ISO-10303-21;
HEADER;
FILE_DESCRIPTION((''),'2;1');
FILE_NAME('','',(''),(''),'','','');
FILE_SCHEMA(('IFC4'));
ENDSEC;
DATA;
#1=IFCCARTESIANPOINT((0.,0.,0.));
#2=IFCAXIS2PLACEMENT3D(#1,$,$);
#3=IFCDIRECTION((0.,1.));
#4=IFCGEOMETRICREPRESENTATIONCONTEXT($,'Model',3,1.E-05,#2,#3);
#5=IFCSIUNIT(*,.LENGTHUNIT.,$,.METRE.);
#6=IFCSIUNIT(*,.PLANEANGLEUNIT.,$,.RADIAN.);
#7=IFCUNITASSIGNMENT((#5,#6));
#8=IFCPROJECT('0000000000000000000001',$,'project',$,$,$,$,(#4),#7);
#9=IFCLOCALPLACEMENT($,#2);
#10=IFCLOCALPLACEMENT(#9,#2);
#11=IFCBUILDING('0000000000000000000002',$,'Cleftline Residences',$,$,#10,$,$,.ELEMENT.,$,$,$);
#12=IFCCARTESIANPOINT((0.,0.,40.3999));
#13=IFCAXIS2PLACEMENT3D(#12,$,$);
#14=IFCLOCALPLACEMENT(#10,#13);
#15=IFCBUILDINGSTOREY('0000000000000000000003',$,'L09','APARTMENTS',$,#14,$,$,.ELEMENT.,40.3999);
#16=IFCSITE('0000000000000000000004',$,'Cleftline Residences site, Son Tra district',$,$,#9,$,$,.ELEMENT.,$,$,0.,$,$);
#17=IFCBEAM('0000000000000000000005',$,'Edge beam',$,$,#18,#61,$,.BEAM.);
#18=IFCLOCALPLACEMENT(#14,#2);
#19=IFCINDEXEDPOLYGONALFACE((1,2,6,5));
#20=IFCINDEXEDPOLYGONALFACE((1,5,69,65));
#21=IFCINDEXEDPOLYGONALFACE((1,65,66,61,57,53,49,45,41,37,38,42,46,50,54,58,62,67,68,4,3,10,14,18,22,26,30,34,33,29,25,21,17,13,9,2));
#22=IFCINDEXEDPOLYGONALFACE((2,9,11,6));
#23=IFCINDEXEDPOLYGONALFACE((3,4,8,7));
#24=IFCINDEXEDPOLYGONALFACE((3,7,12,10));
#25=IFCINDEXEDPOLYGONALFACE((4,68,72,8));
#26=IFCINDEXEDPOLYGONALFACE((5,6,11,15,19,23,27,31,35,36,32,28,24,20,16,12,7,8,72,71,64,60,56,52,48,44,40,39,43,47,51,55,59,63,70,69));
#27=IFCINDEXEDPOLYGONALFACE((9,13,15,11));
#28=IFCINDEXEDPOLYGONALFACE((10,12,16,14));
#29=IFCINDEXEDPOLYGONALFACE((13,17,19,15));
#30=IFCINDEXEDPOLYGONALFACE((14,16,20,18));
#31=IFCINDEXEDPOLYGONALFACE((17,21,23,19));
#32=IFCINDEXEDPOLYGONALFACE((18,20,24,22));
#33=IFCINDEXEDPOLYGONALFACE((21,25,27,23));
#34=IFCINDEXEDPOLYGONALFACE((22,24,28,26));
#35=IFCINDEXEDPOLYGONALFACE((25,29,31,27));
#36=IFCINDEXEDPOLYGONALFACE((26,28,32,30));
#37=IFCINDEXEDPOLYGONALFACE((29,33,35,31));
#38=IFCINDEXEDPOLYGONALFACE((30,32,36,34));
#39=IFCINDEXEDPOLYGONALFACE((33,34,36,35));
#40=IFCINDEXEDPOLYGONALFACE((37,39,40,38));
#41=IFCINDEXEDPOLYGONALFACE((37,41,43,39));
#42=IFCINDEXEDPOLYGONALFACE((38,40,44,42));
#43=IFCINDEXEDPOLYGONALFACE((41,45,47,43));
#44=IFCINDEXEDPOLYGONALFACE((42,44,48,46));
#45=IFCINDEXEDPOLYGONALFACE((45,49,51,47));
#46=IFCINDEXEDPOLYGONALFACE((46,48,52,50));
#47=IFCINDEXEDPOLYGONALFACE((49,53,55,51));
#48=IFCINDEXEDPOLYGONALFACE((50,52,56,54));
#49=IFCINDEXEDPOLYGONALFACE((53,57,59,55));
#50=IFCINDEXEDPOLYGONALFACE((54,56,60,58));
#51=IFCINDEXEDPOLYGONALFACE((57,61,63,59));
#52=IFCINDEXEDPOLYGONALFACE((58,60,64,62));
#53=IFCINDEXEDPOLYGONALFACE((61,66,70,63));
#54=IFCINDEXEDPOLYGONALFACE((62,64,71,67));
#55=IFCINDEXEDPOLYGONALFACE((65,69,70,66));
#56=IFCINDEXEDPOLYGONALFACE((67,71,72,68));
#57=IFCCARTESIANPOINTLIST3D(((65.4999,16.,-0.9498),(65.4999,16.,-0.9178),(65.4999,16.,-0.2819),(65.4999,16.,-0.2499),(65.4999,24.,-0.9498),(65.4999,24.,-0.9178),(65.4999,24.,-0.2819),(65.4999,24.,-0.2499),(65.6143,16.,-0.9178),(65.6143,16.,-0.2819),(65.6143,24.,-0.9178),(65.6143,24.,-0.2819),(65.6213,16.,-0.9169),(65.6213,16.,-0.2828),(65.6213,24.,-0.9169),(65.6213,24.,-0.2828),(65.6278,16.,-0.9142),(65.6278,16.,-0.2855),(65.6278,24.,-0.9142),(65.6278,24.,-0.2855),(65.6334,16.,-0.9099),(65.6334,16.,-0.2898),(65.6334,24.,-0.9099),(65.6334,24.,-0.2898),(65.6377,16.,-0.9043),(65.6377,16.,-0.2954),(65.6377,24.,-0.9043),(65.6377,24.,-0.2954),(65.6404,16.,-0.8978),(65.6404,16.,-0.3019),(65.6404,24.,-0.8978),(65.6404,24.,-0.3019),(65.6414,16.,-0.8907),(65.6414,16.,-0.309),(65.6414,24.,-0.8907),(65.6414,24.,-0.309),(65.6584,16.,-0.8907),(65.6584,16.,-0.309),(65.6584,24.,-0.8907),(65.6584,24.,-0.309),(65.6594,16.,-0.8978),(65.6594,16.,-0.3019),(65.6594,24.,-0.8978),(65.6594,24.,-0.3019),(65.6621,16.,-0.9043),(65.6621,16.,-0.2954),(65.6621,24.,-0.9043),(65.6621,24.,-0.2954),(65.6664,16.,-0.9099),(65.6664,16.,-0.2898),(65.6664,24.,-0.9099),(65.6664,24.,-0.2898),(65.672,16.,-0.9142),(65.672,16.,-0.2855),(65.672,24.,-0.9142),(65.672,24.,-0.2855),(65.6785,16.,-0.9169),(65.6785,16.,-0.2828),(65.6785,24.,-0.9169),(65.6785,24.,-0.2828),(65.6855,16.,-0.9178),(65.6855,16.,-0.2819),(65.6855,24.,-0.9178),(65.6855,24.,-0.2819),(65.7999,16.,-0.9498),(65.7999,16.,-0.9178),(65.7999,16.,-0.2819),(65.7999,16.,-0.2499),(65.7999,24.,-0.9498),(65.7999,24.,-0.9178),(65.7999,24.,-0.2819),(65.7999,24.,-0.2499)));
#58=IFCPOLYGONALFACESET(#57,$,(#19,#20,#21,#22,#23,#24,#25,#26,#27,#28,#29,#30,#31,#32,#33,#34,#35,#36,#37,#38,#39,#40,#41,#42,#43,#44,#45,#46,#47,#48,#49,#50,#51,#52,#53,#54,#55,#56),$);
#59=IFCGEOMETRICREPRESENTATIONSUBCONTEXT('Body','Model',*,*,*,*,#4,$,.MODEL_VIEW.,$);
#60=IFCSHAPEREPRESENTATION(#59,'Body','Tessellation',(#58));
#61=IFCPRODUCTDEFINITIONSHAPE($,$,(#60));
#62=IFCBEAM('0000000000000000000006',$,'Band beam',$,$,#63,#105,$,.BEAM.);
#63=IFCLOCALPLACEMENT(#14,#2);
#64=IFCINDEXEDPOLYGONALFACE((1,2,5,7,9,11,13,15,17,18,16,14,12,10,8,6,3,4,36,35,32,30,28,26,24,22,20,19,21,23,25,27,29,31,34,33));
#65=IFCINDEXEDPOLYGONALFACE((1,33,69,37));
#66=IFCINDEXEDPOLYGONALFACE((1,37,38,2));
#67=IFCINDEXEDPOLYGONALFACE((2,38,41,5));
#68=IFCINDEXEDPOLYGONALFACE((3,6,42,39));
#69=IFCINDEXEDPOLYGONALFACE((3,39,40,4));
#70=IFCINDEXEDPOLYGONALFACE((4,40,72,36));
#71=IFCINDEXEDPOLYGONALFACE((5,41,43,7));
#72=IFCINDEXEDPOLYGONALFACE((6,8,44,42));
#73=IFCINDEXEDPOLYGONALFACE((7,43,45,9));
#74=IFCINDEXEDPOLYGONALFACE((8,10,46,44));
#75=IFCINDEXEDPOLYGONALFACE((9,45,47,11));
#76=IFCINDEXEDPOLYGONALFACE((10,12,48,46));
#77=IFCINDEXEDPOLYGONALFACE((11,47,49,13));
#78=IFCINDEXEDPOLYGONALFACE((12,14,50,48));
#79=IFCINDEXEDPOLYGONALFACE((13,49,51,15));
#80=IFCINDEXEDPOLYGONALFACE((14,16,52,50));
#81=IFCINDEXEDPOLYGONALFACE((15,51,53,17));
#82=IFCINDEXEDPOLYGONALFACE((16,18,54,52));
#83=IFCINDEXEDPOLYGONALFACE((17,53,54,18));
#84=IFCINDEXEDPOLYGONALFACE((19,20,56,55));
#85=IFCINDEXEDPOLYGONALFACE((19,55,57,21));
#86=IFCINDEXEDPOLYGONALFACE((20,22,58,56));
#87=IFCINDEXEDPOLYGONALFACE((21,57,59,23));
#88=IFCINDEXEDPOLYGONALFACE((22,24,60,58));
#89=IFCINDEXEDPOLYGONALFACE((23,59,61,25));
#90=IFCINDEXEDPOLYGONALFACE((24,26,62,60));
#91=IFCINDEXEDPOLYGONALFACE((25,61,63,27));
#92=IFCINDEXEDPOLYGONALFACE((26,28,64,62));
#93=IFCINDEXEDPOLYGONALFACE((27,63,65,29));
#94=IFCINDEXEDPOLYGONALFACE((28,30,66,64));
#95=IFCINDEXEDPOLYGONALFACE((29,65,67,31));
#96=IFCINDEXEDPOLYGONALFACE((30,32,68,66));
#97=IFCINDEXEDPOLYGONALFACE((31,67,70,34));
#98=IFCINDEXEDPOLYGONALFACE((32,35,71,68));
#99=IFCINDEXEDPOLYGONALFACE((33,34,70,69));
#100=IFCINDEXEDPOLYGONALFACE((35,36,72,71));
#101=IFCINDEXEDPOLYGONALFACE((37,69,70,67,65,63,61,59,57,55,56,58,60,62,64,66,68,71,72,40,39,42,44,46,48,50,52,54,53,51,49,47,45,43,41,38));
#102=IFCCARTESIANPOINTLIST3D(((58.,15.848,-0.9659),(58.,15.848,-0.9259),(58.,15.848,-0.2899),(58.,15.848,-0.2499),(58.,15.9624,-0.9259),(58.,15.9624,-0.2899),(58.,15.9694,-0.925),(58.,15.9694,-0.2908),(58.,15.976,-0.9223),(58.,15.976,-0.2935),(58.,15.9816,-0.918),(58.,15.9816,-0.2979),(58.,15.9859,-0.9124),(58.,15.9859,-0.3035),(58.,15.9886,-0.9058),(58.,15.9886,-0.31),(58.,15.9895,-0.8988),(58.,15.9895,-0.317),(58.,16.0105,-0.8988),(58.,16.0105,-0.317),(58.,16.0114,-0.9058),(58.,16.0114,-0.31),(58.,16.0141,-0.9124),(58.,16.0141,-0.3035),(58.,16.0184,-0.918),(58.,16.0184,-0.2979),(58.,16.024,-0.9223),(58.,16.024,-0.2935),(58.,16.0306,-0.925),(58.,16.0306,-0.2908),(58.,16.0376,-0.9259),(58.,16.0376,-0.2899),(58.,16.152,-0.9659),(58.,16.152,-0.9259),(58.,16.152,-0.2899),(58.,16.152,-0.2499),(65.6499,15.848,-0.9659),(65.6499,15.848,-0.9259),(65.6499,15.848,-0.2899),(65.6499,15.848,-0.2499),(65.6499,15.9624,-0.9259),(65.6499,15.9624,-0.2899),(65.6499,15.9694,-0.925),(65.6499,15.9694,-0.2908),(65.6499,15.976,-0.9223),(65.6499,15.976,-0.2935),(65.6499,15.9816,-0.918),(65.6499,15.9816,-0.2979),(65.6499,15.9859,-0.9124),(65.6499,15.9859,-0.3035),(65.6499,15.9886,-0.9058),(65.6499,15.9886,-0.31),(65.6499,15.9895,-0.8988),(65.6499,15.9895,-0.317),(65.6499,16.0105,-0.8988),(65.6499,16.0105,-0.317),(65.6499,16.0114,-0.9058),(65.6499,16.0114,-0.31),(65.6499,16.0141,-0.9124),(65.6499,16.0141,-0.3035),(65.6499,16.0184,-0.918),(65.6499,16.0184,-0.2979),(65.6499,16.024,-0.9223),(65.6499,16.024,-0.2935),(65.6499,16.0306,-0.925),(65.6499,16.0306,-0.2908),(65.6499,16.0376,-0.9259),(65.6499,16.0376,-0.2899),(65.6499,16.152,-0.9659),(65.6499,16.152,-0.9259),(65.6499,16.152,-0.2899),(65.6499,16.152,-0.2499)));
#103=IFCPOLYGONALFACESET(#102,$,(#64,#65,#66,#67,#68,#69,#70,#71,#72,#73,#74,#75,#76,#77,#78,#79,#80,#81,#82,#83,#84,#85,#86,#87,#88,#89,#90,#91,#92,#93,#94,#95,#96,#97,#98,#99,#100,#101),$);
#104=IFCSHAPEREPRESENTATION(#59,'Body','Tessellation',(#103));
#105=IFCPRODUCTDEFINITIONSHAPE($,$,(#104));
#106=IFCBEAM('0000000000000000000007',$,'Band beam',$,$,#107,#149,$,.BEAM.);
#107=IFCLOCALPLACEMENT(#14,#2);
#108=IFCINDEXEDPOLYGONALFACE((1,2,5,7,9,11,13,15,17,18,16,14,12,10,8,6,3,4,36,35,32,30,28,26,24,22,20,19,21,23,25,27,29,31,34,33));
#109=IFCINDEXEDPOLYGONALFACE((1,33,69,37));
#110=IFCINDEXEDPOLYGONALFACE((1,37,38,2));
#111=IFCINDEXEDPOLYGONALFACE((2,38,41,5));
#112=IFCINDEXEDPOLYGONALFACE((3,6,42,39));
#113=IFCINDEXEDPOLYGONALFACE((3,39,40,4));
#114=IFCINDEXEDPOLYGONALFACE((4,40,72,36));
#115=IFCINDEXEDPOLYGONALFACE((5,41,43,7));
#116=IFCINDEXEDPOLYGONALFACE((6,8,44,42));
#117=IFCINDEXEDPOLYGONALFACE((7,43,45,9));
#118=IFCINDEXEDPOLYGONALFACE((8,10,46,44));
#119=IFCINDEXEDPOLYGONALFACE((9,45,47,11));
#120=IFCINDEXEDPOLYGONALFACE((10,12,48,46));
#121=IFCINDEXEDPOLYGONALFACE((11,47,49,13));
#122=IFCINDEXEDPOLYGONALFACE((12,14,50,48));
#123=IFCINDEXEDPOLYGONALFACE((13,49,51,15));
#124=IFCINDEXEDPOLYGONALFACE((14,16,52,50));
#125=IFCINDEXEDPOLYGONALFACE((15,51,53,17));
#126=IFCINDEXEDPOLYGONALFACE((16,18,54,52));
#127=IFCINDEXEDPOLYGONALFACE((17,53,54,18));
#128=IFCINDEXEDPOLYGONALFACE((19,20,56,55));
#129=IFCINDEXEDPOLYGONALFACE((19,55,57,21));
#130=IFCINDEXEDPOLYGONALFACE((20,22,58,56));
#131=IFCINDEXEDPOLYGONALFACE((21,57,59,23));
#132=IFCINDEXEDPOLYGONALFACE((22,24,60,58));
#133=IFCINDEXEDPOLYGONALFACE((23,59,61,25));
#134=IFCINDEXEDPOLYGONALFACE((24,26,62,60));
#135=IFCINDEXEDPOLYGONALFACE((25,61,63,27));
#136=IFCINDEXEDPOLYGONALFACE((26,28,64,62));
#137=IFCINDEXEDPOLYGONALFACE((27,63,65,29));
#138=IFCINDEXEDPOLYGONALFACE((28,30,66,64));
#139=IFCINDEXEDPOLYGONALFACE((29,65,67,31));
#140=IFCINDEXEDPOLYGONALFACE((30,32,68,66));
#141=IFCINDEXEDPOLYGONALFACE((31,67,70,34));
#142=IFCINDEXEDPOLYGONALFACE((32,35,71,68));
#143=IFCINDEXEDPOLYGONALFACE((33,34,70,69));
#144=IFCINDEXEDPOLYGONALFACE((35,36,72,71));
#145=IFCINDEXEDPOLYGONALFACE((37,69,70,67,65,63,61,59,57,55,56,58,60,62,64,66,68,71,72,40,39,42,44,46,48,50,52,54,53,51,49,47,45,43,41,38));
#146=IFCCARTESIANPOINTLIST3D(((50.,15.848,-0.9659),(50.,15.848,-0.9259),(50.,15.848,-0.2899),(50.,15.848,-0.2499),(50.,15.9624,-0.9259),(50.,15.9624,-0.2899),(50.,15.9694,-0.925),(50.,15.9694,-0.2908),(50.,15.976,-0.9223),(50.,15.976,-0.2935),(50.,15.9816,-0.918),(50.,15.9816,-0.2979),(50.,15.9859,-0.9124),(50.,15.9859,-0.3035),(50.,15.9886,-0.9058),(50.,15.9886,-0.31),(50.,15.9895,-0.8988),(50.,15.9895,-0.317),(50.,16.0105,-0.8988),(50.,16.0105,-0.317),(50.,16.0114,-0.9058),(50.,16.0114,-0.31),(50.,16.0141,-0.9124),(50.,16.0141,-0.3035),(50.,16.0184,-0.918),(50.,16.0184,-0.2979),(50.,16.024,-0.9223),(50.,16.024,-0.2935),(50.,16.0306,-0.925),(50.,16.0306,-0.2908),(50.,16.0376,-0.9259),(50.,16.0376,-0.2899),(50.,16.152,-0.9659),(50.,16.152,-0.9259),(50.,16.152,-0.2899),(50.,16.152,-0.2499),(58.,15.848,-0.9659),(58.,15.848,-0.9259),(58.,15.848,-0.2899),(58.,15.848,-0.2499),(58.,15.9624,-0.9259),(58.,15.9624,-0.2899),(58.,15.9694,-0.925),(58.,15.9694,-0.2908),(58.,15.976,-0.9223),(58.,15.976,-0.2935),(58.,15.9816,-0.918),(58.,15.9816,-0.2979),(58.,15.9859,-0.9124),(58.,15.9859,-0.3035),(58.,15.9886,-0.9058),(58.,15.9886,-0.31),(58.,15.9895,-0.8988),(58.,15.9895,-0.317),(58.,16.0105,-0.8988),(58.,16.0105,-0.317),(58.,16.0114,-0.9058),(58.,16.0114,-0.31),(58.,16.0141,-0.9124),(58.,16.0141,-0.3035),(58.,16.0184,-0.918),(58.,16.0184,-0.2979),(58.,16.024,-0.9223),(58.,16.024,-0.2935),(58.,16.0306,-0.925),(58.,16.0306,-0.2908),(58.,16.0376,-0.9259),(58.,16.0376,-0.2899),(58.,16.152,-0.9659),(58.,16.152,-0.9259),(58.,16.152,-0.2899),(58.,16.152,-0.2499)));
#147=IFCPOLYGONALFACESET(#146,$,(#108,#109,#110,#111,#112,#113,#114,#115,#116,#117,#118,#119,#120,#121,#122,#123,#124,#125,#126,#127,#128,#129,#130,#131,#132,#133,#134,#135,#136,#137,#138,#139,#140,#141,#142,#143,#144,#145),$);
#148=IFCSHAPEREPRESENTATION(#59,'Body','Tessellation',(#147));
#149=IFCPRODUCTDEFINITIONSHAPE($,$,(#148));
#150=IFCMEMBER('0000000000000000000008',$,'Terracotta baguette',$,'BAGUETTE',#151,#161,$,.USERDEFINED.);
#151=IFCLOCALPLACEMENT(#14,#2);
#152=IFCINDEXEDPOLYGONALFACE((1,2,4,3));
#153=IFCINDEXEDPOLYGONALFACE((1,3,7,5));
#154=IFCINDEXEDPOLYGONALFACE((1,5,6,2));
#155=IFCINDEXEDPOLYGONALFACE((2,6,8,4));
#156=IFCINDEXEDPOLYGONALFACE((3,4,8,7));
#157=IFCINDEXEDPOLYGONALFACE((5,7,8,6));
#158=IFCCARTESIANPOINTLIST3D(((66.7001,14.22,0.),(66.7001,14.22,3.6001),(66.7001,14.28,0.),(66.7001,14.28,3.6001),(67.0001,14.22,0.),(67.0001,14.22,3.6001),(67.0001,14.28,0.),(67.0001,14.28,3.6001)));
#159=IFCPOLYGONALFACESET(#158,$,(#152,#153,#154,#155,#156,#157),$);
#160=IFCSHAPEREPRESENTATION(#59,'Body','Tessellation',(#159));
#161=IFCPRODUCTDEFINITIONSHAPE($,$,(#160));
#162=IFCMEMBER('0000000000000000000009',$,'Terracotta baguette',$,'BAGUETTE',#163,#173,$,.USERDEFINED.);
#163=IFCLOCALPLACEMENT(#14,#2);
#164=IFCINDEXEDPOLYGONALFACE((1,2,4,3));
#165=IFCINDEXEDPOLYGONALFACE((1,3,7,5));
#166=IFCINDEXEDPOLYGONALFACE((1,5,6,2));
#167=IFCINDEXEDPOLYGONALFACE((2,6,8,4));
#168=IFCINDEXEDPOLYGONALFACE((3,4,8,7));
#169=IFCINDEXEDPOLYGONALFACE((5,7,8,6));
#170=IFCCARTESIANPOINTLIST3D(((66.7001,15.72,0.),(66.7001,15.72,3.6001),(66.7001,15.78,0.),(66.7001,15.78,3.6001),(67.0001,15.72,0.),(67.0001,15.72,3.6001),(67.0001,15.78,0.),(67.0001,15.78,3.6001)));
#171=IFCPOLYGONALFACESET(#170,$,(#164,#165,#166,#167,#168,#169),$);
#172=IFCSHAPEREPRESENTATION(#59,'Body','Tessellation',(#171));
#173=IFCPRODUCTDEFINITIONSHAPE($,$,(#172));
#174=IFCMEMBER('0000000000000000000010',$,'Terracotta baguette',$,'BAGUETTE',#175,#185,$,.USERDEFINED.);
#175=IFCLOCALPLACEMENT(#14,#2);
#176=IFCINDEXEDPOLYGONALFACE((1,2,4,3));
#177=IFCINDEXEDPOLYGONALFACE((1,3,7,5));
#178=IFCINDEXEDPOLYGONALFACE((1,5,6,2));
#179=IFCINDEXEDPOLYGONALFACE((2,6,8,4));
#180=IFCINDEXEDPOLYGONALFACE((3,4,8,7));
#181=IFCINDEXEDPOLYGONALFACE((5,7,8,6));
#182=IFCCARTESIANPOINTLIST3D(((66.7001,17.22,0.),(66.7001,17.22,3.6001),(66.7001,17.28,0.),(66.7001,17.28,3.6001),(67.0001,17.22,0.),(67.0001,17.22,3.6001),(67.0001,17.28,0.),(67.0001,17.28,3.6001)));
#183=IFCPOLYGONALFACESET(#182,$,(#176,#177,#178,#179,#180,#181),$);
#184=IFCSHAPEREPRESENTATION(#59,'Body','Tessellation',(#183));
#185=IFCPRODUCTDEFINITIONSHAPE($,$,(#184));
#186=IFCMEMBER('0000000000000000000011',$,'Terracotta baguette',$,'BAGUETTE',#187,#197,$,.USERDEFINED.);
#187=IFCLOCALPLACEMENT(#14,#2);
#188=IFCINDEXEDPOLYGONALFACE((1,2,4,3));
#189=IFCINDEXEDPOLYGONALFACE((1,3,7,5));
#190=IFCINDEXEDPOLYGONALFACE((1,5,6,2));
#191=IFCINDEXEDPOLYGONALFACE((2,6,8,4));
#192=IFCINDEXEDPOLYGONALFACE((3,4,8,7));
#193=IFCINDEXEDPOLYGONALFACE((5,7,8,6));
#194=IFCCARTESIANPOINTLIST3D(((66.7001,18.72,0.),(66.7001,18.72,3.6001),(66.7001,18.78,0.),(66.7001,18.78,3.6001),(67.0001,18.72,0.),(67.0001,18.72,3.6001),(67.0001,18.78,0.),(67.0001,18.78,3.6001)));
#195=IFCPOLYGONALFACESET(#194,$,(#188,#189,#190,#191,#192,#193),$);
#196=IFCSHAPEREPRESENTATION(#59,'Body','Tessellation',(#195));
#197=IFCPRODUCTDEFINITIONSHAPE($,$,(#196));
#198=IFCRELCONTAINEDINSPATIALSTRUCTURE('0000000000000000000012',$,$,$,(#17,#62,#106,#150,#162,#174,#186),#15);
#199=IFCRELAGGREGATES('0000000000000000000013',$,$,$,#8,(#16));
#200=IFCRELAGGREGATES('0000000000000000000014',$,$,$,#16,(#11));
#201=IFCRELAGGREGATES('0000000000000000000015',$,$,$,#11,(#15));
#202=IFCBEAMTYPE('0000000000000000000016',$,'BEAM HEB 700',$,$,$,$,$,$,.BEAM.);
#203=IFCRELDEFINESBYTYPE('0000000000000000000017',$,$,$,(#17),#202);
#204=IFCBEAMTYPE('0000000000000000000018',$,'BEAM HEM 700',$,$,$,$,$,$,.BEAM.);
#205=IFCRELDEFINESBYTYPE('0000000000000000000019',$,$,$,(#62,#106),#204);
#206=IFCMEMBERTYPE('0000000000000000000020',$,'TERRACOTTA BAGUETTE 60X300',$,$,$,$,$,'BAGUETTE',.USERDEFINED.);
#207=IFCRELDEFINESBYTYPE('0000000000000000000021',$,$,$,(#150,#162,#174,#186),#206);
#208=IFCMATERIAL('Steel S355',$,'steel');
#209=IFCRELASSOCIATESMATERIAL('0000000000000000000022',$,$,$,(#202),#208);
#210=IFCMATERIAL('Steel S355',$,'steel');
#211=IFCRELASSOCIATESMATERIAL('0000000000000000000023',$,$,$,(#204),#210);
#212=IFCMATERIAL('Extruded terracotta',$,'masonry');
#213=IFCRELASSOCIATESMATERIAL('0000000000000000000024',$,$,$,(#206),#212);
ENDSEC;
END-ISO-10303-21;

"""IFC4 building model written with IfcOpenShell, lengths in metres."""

from ifc_helpers import new_model, si_unit, direction, frame, origin, origin_2d, place, context, subcontext, project, spatial, rectangle, i_section, extrude, material, material_profile, profile_set, type_object, element, save


model = new_model("IFC4")

# Units and contexts
model_context = context("Model", 3, precision=1e-05, world=origin(), true_north=direction((0.0, 1.0)))
body_context = subcontext(model_context, "Body", "Model", "MODEL_VIEW")
ifc_project = project(units=[si_unit("LENGTHUNIT", "METRE"), si_unit("PLANEANGLEUNIT", "RADIAN")], contexts=[model_context])

# Site, building, storey
site_placement = place(None, origin())
site = spatial("IfcSite", under=ifc_project, at=site_placement, Name="Cleftline Residences site, Son Tra district", CompositionType="ELEMENT", RefElevation=0.0)
building_placement = place(site_placement, origin())
building = spatial("IfcBuilding", under=site, at=building_placement, Name="Cleftline Residences", CompositionType="ELEMENT")
storey_placement = place(building_placement, frame((0.0, 0.0, 40.3999)))
storey = spatial("IfcBuildingStorey", under=building, at=storey_placement, Name="L09", Description="APARTMENTS", CompositionType="ELEMENT", Elevation=40.3999)

# Beams
ifc_material_1 = material(Name="Steel S355", Category="steel")
ifc_material_profile_1 = material_profile(ifc_material_1, i_section(OverallWidth=0.3, OverallDepth=0.7, WebThickness=0.0171, FlangeThickness=0.032, FilletRadius=0.0271, at=origin_2d()))
ifc_profile_set_1 = profile_set([ifc_material_profile_1], Name="Steel S355")
beam_type_1 = type_object("IfcBeamType", Name="BEAM HEB 700", PredefinedType="BEAM", material=ifc_profile_set_1)
beam_1_placement = place(storey_placement, frame((65.6499, 16.0, -0.5999), z_axis=(0.0, 1.0, 0.0), x_axis=(-1.0, 0.0, 0.0)))
element("IfcBeam", 1, at=beam_1_placement, inside=storey, type_object=beam_type_1, Name="Edge beam", PredefinedType="BEAM", context=body_context, shape_type="SweptSolid", body=[
    extrude(i_section(OverallWidth=0.3, OverallDepth=0.7, WebThickness=0.0171, FlangeThickness=0.032, FilletRadius=0.0271, at=origin_2d()), origin(), (0.0, 0.0, 1.0), 8.0),
])
ifc_material_2 = material(Name="Steel S355", Category="steel")
ifc_material_profile_2 = material_profile(ifc_material_2, i_section(OverallWidth=0.304, OverallDepth=0.7161, WebThickness=0.021, FlangeThickness=0.04, FilletRadius=0.0271, at=origin_2d()))
ifc_profile_set_2 = profile_set([ifc_material_profile_2], Name="Steel S355")
beam_type_2 = type_object("IfcBeamType", Name="BEAM HEM 700", PredefinedType="BEAM", material=ifc_profile_set_2)
beam_2_placement = place(storey_placement, frame((65.6499, 16.0, -0.6079), z_axis=(-1.0, 0.0, 0.0), x_axis=(0.0, -1.0, 0.0)))
element("IfcBeam", 2, at=beam_2_placement, inside=storey, type_object=beam_type_2, Name="Band beam", PredefinedType="BEAM", context=body_context, shape_type="SweptSolid", body=[
    extrude(i_section(OverallWidth=0.304, OverallDepth=0.7161, WebThickness=0.021, FlangeThickness=0.04, FilletRadius=0.0271, at=origin_2d()), origin(), (0.0, 0.0, 1.0), 7.6499),
])
beam_3_placement = place(storey_placement, frame((58.0, 16.0, -0.6079), z_axis=(-1.0, 0.0, 0.0), x_axis=(0.0, -1.0, 0.0)))
element("IfcBeam", 3, at=beam_3_placement, inside=storey, type_object=beam_type_2, Name="Band beam", PredefinedType="BEAM", context=body_context, shape_type="SweptSolid", body=[
    extrude(i_section(OverallWidth=0.304, OverallDepth=0.7161, WebThickness=0.021, FlangeThickness=0.04, FilletRadius=0.0271, at=origin_2d()), origin(), (0.0, 0.0, 1.0), 8.0),
])

# Members
ifc_material_3 = material(Name="Extruded terracotta", Category="masonry")
ifc_material_profile_3 = material_profile(ifc_material_3, rectangle(XDim=0.0601, YDim=0.3, at=origin_2d()))
ifc_profile_set_3 = profile_set([ifc_material_profile_3], Name="Extruded terracotta")
member_type_1 = type_object("IfcMemberType", Name="TERRACOTTA BAGUETTE 60X300", ElementType="BAGUETTE", PredefinedType="USERDEFINED", material=ifc_profile_set_3)
for number, where, z_axis, x_axis, name in (
    (4, (66.8501, 14.25, 0.0), (0.0, 0.0, 1.0), (0.0, 1.0, 0.0), "Terracotta baguette"),
    (5, (66.8501, 15.75, 0.0), (0.0, 0.0, 1.0), (0.0, 1.0, 0.0), "Terracotta baguette"),
    (6, (66.8501, 17.25, 0.0), (0.0, 0.0, 1.0), (0.0, 1.0, 0.0), "Terracotta baguette"),
    (7, (66.8501, 18.75, 0.0), (0.0, 0.0, 1.0), (0.0, 1.0, 0.0), "Terracotta baguette"),
):
    element("IfcMember", number, at=place(storey_placement, frame(where, z_axis=z_axis, x_axis=x_axis)), inside=storey, type_object=member_type_1, Name=name, ObjectType="BAGUETTE", PredefinedType="USERDEFINED", context=body_context, shape_type="SweptSolid", body=[
        extrude(rectangle(XDim=0.0601, YDim=0.3, at=origin_2d()), origin(), (0.0, 0.0, 1.0), 3.6001),
    ])

save(model, "model.ifc")
